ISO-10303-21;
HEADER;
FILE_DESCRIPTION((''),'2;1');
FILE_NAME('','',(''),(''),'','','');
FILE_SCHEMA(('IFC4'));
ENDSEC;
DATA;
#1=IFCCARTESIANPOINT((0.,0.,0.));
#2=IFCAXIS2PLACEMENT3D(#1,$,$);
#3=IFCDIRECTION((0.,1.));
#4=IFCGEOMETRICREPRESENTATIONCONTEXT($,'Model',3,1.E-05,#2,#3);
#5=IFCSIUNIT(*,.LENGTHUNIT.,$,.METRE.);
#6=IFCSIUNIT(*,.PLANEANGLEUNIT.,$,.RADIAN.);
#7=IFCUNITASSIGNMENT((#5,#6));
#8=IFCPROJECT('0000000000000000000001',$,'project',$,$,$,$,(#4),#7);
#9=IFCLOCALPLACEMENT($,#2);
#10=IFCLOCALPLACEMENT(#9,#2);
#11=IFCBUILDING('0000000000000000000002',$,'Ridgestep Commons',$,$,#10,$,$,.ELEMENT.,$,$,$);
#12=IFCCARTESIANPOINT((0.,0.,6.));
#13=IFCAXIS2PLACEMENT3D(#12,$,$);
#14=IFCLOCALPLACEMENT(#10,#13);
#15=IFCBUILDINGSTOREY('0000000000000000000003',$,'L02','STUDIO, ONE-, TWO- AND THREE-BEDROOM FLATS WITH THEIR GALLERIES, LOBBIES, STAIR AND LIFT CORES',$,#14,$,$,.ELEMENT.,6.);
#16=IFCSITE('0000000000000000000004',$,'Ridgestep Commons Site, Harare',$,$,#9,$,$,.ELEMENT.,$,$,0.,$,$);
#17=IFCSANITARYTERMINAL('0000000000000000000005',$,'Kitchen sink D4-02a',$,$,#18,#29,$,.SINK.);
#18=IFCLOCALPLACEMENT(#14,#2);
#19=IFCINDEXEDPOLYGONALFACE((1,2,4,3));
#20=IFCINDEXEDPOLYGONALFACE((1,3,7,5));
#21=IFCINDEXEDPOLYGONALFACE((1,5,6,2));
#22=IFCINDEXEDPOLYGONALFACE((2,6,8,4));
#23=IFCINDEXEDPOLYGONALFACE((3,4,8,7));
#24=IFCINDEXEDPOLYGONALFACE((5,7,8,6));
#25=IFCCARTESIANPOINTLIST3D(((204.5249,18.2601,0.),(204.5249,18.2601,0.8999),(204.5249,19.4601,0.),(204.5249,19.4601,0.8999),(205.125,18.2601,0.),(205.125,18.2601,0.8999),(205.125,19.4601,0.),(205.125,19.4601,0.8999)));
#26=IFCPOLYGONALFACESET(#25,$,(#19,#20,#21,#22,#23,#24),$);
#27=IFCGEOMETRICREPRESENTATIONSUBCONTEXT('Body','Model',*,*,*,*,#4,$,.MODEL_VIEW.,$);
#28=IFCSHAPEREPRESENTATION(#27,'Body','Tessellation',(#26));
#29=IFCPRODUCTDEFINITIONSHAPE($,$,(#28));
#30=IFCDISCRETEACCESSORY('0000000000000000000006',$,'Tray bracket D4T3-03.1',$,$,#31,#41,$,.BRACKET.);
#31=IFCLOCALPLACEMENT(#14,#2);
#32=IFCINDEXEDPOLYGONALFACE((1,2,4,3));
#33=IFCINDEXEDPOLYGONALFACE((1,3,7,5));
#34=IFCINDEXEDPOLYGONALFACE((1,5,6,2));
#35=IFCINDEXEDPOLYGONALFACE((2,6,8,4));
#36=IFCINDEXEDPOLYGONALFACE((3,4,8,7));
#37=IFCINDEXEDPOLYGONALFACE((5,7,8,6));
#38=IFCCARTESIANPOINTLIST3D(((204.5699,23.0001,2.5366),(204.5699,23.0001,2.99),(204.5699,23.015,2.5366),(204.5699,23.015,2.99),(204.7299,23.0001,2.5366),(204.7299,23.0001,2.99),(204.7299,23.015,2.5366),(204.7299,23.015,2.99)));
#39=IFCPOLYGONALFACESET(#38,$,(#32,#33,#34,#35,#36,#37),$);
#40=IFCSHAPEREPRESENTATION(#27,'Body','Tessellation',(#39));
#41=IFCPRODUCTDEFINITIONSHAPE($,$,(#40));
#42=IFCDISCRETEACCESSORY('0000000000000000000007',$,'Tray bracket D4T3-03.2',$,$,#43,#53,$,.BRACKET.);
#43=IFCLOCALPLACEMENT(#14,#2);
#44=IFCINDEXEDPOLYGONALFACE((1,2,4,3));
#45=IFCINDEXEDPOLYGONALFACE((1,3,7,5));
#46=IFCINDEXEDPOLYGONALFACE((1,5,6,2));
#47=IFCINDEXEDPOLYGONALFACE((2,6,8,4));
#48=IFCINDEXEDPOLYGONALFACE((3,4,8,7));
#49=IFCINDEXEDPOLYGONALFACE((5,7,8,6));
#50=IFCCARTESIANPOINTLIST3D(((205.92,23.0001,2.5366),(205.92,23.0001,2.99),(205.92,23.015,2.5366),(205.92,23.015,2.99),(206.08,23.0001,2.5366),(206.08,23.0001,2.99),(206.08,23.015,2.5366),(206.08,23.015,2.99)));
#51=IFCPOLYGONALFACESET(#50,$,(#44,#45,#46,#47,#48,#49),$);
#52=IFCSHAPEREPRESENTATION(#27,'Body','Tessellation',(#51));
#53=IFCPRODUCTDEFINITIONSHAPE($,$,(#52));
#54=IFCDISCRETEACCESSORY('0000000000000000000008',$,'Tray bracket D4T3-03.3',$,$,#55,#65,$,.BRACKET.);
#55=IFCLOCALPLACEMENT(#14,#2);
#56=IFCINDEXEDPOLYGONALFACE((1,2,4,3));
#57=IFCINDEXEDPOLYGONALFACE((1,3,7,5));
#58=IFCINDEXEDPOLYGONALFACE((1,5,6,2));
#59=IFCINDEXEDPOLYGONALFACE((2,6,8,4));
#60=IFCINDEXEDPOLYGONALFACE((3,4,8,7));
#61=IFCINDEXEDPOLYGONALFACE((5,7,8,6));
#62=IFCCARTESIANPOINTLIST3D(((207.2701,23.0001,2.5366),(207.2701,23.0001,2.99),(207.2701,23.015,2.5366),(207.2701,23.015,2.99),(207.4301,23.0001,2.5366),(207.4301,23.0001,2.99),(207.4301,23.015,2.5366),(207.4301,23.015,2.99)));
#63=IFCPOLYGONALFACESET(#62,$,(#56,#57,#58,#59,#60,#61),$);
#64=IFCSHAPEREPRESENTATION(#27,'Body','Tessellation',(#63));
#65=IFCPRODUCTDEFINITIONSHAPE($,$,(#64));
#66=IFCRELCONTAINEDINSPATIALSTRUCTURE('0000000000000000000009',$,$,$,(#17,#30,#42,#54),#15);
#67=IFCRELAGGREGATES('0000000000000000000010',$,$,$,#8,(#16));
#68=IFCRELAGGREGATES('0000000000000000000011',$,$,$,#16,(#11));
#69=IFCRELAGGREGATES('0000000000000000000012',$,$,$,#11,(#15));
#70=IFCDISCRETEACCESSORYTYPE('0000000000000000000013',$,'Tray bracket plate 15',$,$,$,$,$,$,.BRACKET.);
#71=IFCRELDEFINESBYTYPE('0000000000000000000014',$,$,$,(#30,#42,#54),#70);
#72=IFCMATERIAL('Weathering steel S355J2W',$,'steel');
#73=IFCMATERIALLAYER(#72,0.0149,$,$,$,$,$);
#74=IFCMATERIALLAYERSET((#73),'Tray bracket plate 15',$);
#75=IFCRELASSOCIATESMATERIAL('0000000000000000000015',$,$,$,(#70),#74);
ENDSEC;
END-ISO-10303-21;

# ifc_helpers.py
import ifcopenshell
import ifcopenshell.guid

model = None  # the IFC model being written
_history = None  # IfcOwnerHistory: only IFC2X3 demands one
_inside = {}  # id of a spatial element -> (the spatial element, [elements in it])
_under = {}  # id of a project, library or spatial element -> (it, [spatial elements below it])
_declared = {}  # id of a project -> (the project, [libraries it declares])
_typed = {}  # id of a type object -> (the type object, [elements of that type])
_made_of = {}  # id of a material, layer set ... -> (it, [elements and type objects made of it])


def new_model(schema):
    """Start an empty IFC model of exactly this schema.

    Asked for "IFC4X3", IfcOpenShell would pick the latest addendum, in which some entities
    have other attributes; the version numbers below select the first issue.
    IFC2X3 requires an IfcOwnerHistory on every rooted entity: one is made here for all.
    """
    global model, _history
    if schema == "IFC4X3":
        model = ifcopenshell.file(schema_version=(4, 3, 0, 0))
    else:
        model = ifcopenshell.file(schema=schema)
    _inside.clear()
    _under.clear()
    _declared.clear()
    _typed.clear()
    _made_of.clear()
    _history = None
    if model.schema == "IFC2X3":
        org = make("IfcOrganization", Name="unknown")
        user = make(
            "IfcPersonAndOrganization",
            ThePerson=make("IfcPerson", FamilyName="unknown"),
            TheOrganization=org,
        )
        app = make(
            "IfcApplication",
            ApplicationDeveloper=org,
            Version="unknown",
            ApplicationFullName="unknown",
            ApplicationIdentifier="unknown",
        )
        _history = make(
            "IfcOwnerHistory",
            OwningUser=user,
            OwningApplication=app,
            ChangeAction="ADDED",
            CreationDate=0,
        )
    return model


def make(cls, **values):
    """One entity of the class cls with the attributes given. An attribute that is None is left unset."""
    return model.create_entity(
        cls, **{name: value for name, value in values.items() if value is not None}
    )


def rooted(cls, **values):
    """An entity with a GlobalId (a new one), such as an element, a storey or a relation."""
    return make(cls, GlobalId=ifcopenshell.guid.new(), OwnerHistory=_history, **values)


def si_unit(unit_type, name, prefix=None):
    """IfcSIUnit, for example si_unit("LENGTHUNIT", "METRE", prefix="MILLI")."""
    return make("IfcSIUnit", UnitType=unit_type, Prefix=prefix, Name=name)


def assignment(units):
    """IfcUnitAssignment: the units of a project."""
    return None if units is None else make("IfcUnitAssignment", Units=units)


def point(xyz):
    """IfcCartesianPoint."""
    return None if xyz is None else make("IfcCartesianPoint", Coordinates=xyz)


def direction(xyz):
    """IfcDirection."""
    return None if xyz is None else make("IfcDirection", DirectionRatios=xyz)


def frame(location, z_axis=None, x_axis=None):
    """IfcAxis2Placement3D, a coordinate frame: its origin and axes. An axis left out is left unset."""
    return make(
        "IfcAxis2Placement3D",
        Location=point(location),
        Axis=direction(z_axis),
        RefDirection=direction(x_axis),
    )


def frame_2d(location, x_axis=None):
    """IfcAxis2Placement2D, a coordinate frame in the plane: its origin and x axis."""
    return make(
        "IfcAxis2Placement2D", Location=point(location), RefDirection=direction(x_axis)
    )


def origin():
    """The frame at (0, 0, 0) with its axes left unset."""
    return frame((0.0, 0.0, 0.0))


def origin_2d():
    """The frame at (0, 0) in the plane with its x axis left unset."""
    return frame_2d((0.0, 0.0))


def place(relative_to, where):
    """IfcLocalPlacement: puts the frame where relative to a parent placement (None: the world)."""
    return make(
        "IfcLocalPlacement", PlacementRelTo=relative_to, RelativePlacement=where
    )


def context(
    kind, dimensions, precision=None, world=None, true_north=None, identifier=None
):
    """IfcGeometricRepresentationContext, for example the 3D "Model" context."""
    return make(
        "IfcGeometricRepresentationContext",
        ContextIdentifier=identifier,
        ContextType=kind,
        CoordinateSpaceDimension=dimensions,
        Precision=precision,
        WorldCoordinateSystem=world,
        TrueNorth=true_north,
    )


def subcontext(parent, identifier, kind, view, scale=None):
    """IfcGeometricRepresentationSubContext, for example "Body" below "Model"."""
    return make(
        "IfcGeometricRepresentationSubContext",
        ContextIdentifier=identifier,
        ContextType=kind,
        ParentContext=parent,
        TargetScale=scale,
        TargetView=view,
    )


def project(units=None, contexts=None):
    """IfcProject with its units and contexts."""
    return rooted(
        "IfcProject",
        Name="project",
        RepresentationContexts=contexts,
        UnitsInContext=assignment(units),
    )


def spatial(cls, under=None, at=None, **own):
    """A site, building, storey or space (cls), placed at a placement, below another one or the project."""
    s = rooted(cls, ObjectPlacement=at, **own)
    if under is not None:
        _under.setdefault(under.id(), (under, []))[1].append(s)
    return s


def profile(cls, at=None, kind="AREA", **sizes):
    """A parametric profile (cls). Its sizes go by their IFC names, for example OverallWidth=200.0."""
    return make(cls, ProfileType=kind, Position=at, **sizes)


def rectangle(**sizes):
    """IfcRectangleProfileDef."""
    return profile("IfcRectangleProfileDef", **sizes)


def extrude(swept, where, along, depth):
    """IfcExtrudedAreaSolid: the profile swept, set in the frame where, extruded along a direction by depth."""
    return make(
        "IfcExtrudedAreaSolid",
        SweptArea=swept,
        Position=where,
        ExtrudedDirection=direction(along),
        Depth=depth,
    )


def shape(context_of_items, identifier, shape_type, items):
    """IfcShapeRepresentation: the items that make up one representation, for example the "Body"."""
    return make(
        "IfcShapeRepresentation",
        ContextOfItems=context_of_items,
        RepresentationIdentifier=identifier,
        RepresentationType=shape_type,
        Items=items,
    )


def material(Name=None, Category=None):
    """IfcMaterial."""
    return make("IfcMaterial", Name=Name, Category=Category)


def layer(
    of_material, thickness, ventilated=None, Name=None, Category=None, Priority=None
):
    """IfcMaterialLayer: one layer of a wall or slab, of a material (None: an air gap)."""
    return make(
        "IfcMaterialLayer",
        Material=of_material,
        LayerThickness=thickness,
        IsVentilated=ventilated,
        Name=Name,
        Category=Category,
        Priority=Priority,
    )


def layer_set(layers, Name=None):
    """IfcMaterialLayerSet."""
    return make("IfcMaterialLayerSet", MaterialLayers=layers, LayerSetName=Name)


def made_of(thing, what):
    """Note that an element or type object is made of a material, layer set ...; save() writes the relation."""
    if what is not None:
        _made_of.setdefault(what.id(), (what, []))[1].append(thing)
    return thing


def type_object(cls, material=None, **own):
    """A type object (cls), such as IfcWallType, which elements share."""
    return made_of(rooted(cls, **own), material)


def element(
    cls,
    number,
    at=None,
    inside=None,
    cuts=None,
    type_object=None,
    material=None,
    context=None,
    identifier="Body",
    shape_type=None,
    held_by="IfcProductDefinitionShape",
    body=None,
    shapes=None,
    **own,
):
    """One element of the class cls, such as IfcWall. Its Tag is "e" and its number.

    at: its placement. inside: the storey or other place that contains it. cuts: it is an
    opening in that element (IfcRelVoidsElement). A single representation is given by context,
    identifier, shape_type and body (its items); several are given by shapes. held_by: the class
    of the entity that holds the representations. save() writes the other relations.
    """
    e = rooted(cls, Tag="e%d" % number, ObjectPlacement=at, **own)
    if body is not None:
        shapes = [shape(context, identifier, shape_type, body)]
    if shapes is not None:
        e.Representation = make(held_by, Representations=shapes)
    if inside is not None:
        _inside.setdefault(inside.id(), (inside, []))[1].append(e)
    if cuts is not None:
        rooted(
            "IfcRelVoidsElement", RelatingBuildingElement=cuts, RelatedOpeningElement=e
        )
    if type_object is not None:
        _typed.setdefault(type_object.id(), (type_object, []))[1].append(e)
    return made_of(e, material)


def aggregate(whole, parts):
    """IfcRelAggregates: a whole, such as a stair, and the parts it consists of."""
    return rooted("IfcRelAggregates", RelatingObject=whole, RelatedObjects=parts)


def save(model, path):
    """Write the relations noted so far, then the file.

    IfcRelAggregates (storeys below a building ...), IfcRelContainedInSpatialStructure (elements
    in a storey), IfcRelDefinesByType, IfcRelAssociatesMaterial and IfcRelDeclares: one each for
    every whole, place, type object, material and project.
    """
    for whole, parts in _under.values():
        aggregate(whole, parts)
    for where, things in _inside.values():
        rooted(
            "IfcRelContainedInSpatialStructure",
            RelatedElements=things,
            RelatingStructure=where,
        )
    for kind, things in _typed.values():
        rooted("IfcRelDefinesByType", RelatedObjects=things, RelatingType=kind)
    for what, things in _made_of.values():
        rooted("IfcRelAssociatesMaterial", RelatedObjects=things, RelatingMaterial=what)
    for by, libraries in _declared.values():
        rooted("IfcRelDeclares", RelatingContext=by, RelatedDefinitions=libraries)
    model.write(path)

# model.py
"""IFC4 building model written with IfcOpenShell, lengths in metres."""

from ifc_helpers import new_model, si_unit, direction, frame, origin, origin_2d, place, context, subcontext, project, spatial, rectangle, extrude, material, layer, layer_set, type_object, element, save


model = new_model("IFC4")

# Units and contexts
model_context = context("Model", 3, precision=1e-05, world=origin(), true_north=direction((0.0, 1.0)))
body_context = subcontext(model_context, "Body", "Model", "MODEL_VIEW")
ifc_project = project(units=[si_unit("LENGTHUNIT", "METRE"), si_unit("PLANEANGLEUNIT", "RADIAN")], contexts=[model_context])

# Site, building, storey
site_placement = place(None, origin())
site = spatial("IfcSite", under=ifc_project, at=site_placement, Name="Ridgestep Commons Site, Harare", CompositionType="ELEMENT", RefElevation=0.0)
building_placement = place(site_placement, origin())
building = spatial("IfcBuilding", under=site, at=building_placement, Name="Ridgestep Commons", CompositionType="ELEMENT")
storey_placement = place(building_placement, frame((0.0, 0.0, 6.0)))
storey = spatial("IfcBuildingStorey", under=building, at=storey_placement, Name="L02", Description="STUDIO, ONE-, TWO- AND THREE-BEDROOM FLATS WITH THEIR GALLERIES, LOBBIES, STAIR AND LIFT CORES", CompositionType="ELEMENT", Elevation=6.0)

# Sanitary terminal
sanitary_terminal_placement = place(storey_placement, frame((204.825, 18.8601, 0.0), z_axis=(0.0, 0.0, 1.0), x_axis=(1.0, 0.0, 0.0)))
element("IfcSanitaryTerminal", 1, at=sanitary_terminal_placement, inside=storey, Name="Kitchen sink D4-02a", PredefinedType="SINK", context=body_context, shape_type="SweptSolid", body=[
    extrude(rectangle(XDim=0.6001, YDim=1.2, at=origin_2d()), origin(), (0.0, 0.0, 1.0), 0.8999),
])

# Discrete accessories
ifc_material_1 = material(Name="Weathering steel S355J2W", Category="steel")
ifc_layer_1 = layer(ifc_material_1, 0.0149)
ifc_layer_set_1 = layer_set([ifc_layer_1], Name="Tray bracket plate 15")
discrete_accessory_type = type_object("IfcDiscreteAccessoryType", Name="Tray bracket plate 15", PredefinedType="BRACKET", material=ifc_layer_set_1)
for number, where, z_axis, x_axis, name in (
    (2, (204.6499, 23.0076, 2.5366), (0.0, 0.0, 1.0), (1.0, 0.0, 0.0), "Tray bracket D4T3-03.1"),
    (3, (206.0, 23.0076, 2.5366), (0.0, 0.0, 1.0), (1.0, 0.0, 0.0), "Tray bracket D4T3-03.2"),
    (4, (207.3501, 23.0076, 2.5366), (0.0, 0.0, 1.0), (1.0, 0.0, 0.0), "Tray bracket D4T3-03.3"),
):
    element("IfcDiscreteAccessory", number, at=place(storey_placement, frame(where, z_axis=z_axis, x_axis=x_axis)), inside=storey, type_object=discrete_accessory_type, Name=name, PredefinedType="BRACKET", context=body_context, shape_type="SweptSolid", body=[
        extrude(rectangle(XDim=0.1599, YDim=0.0149, at=origin_2d()), origin(), (0.0, 0.0, 1.0), 0.4534),
    ])

save(model, "model.ifc")
